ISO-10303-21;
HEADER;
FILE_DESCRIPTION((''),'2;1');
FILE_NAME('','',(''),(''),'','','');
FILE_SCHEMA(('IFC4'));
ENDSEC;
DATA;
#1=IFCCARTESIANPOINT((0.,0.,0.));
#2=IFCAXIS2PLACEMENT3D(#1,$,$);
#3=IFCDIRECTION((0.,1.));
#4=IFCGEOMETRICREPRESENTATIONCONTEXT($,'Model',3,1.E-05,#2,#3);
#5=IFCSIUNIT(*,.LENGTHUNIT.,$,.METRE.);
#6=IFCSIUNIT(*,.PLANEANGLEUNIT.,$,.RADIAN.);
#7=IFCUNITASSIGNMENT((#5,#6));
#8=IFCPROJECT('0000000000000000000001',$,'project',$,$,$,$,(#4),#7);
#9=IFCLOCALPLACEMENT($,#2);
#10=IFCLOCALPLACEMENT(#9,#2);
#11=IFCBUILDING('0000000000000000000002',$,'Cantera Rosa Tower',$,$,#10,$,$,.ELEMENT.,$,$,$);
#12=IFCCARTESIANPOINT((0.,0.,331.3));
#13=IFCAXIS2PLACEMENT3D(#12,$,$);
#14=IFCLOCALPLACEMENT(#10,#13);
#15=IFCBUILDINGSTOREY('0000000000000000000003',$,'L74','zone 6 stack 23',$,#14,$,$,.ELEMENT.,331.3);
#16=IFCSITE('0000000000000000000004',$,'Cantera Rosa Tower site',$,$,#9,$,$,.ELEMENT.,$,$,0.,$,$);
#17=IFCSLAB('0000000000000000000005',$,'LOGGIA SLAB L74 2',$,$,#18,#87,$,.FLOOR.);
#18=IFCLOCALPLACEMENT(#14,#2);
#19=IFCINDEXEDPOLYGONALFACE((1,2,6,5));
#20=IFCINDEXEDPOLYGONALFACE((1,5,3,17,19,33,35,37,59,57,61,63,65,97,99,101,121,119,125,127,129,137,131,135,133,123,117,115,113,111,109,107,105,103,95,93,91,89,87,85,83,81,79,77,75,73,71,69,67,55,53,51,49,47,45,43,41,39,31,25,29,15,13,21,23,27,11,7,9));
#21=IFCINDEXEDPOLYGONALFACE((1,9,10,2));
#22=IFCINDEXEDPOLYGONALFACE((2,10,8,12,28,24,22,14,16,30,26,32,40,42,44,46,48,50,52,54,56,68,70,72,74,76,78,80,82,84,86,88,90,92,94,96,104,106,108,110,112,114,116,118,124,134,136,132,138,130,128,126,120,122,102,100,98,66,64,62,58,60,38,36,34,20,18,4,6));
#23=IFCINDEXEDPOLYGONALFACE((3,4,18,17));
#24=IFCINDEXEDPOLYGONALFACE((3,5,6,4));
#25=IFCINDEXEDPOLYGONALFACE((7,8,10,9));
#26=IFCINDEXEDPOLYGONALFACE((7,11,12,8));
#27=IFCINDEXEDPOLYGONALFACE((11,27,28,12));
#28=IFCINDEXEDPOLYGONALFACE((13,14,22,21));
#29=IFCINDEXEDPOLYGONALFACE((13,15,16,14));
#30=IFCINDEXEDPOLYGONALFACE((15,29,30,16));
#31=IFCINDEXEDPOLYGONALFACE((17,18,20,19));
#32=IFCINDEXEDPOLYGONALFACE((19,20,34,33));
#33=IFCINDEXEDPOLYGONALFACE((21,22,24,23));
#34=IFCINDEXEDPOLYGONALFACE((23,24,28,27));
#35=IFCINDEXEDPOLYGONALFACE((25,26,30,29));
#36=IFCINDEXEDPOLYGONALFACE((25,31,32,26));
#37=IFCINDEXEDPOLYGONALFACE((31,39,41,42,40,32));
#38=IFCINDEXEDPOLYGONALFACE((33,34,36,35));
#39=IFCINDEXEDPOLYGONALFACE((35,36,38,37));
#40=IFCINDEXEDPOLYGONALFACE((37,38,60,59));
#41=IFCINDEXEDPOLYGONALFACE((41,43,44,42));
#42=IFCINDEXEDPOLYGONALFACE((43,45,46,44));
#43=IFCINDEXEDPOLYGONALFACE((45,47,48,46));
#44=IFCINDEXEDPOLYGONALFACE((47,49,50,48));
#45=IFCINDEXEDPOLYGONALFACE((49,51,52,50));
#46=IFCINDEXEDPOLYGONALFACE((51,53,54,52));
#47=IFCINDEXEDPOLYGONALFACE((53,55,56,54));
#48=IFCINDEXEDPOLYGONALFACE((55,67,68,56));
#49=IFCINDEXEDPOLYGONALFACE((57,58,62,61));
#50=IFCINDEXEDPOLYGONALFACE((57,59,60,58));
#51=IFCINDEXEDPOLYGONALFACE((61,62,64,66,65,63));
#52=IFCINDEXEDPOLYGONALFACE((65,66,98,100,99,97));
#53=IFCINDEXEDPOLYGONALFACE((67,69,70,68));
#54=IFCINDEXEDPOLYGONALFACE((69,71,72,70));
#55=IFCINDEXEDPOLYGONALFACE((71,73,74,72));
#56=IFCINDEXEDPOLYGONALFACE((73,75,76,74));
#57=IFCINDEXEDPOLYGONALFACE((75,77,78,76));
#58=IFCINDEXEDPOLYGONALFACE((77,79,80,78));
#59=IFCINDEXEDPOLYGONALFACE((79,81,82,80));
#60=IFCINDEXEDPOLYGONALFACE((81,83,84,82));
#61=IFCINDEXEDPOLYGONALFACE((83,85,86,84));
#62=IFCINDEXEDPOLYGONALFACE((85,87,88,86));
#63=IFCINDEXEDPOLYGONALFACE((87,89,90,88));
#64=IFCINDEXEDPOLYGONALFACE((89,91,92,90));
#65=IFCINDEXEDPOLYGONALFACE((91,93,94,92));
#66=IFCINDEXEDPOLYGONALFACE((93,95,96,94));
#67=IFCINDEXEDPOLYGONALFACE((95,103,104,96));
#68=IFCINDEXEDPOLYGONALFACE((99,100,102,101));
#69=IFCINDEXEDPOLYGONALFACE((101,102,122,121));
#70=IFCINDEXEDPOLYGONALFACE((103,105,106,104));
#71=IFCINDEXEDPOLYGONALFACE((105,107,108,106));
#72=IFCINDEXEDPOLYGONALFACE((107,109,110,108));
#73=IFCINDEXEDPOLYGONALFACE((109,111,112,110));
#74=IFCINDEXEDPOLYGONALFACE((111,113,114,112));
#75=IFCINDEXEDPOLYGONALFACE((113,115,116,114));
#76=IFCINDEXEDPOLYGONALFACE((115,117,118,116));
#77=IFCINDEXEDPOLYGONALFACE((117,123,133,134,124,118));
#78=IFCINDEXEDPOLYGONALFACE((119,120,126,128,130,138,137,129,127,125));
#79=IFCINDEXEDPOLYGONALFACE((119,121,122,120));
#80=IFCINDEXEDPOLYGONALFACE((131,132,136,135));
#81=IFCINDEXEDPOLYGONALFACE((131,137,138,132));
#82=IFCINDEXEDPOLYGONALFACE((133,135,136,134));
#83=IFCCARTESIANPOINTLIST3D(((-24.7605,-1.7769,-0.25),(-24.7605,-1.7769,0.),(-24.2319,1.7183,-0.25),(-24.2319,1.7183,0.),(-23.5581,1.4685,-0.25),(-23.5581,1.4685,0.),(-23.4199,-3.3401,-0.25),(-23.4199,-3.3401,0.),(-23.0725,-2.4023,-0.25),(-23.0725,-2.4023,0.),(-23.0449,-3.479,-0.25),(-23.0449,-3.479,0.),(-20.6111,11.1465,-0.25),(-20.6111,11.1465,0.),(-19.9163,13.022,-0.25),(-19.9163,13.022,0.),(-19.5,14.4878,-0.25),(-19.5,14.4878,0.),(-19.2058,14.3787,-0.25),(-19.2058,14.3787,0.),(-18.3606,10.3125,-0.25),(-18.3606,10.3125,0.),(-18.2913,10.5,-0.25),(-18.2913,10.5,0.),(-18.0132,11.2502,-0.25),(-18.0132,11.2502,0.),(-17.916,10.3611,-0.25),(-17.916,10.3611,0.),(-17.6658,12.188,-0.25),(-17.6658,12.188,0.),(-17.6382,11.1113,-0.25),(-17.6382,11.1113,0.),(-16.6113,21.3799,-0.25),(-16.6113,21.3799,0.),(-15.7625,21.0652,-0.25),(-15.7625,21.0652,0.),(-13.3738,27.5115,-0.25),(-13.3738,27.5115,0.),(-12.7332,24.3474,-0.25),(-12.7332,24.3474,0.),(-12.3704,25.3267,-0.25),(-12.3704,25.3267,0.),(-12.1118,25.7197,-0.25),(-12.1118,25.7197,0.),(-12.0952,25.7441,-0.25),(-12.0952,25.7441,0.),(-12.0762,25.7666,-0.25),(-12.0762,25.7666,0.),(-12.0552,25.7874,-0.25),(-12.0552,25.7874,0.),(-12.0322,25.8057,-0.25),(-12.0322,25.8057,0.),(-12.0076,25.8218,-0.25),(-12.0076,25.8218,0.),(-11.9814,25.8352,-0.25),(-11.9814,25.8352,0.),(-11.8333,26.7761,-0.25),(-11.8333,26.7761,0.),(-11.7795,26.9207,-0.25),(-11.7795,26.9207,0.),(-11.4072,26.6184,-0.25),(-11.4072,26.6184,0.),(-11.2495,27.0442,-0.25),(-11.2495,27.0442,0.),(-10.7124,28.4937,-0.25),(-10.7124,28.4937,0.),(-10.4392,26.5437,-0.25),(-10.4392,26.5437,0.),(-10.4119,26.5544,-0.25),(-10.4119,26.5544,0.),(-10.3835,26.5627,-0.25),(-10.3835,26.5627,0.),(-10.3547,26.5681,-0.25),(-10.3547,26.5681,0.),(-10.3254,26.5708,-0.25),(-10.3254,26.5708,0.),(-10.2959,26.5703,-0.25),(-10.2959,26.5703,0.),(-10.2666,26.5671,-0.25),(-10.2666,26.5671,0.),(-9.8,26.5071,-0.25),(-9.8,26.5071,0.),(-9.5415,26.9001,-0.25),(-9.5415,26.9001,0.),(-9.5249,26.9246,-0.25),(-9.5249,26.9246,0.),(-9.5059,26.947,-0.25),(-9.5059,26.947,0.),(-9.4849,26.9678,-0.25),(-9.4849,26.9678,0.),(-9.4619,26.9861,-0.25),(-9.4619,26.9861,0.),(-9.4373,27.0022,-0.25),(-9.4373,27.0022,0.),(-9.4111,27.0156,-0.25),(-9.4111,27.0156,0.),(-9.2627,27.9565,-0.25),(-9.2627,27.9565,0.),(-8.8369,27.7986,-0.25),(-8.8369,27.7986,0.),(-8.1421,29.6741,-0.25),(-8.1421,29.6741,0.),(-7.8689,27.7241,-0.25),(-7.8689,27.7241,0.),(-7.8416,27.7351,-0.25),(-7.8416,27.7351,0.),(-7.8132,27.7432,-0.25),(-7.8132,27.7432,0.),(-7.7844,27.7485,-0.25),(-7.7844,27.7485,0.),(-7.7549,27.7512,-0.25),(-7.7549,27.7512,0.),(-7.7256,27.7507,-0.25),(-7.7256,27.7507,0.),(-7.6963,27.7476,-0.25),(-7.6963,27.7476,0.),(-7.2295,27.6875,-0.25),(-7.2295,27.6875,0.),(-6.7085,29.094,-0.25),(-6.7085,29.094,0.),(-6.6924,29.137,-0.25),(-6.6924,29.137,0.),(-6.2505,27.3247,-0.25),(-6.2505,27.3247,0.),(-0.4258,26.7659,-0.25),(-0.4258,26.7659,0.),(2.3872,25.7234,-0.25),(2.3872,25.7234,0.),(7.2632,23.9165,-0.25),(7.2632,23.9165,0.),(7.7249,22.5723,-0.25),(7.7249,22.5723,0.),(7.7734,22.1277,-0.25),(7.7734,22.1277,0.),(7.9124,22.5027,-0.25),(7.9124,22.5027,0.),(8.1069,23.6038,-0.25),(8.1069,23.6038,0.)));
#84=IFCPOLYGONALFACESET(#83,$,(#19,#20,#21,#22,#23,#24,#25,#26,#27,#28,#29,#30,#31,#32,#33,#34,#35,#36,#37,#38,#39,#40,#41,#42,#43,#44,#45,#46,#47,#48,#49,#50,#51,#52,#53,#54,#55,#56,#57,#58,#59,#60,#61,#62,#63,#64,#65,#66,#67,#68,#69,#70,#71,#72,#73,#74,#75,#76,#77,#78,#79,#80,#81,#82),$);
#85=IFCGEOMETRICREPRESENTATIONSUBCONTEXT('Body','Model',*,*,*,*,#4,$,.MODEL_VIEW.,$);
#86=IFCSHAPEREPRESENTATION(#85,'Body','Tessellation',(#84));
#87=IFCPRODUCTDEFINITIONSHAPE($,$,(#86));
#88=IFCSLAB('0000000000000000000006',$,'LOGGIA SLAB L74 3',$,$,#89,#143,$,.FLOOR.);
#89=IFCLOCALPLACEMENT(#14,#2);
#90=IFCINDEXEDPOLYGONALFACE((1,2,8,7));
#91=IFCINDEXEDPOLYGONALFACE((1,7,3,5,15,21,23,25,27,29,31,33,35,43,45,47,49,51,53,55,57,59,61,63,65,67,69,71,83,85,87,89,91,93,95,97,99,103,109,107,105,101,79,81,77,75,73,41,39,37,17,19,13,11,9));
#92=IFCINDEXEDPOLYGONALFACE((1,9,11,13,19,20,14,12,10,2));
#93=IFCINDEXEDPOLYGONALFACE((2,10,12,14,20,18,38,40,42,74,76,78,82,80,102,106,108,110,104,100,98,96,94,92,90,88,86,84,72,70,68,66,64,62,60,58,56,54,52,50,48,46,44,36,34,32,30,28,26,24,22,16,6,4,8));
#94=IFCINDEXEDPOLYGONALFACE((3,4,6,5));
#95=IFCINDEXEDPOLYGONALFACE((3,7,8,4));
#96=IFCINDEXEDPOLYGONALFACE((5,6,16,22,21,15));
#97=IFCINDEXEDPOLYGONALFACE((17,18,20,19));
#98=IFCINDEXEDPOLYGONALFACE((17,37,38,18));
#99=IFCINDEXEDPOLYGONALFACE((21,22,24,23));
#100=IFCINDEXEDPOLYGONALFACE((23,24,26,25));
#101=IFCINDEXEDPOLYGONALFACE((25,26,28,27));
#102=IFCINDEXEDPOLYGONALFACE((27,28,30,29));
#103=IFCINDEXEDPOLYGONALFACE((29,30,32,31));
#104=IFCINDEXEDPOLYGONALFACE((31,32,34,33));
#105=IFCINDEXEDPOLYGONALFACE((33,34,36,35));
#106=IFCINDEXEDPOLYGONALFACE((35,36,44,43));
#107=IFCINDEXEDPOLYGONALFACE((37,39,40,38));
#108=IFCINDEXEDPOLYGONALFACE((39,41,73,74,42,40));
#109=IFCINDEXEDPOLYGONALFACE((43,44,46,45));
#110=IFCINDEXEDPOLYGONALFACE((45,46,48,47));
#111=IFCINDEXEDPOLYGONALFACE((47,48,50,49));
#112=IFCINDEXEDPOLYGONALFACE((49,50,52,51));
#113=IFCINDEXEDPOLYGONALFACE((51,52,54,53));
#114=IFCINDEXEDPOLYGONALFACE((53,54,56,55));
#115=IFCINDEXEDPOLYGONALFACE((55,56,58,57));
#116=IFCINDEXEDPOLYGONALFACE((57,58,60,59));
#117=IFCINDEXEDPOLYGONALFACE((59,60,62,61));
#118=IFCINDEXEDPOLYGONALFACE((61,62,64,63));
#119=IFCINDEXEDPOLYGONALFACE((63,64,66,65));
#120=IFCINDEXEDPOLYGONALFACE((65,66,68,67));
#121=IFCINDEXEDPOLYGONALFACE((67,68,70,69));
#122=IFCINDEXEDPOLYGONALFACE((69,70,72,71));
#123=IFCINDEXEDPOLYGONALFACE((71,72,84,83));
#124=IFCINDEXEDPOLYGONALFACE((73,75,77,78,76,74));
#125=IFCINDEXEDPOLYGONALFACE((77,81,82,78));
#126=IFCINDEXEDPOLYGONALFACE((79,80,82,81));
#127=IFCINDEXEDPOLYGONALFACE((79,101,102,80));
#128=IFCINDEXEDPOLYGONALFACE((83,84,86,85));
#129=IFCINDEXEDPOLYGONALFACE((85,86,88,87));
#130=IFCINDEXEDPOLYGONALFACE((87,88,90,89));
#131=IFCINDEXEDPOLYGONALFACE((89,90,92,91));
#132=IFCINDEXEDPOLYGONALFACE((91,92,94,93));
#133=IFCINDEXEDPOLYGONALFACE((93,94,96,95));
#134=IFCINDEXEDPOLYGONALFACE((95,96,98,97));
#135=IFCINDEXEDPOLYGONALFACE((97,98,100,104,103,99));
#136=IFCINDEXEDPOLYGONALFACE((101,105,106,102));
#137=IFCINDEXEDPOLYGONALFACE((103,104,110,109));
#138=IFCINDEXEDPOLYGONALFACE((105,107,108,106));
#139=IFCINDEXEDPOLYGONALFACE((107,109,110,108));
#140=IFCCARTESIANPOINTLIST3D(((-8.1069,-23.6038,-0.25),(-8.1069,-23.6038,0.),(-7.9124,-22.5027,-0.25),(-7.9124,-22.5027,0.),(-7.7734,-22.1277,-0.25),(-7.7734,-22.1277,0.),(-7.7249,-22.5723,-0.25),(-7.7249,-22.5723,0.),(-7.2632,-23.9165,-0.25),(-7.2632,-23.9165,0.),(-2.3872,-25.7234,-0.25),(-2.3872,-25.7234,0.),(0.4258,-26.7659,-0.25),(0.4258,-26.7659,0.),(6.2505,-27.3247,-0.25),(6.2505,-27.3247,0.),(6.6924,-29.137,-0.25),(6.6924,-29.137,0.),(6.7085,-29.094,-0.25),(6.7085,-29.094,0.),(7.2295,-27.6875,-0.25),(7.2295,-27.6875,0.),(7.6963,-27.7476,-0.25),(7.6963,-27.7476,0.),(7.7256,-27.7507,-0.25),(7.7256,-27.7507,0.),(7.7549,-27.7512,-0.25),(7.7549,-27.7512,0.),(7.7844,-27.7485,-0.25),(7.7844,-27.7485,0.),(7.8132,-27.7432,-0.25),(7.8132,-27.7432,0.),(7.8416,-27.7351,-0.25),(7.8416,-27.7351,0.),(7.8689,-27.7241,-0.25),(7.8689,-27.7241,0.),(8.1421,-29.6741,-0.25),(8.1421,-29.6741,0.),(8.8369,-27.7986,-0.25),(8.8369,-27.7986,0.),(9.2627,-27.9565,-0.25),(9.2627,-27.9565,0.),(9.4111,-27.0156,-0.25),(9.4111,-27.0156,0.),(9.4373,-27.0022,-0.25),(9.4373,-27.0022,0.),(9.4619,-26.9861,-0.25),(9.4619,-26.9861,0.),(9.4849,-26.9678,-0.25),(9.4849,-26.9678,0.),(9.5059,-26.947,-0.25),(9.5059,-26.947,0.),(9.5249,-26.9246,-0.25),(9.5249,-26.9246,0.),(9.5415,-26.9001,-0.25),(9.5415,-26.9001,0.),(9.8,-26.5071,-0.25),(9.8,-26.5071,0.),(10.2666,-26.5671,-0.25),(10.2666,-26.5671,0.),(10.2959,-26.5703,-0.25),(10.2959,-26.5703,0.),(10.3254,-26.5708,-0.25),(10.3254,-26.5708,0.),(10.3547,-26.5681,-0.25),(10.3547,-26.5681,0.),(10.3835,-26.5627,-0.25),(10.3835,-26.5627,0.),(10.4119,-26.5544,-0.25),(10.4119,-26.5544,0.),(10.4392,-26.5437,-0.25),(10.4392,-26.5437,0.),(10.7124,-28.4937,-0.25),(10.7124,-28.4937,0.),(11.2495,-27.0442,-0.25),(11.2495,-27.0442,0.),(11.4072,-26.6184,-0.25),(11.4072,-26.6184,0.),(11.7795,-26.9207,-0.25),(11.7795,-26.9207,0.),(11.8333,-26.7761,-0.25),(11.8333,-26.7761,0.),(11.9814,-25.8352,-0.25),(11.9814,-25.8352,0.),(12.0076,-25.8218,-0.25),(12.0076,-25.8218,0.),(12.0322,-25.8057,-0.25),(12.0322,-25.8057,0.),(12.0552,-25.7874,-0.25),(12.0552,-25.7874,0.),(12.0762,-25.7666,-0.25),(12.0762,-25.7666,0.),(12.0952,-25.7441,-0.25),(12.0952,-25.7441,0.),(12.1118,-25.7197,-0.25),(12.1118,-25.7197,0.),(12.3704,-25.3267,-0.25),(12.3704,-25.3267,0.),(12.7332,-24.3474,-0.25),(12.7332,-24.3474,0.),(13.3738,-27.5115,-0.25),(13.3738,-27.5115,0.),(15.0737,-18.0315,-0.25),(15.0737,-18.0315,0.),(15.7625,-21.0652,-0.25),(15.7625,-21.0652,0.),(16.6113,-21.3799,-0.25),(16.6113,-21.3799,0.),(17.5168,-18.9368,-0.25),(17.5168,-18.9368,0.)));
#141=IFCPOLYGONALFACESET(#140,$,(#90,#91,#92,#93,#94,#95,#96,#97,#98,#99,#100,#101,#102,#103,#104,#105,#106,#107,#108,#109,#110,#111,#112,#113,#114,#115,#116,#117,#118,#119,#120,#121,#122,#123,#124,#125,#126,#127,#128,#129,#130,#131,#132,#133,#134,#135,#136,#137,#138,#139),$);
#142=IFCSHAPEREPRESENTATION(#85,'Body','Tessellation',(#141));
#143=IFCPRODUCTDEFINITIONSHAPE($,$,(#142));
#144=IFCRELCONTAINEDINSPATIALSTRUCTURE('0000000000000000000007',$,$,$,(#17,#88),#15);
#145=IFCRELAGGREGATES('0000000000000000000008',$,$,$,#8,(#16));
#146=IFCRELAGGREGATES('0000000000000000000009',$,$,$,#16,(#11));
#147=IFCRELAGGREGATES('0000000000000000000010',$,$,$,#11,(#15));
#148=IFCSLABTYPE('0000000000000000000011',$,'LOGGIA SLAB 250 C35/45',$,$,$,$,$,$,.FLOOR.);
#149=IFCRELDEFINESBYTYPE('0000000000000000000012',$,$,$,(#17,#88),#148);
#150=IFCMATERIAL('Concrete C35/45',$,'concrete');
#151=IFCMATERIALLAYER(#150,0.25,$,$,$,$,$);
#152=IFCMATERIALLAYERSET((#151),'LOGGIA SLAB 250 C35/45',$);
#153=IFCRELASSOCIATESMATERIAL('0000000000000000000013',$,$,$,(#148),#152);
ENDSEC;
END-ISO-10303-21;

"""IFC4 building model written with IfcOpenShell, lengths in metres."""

from ifc_helpers import new_model, si_unit, direction, frame, origin, place, context, subcontext, project, spatial, polyline, outline, extrude, material, layer, layer_set, type_object, element, save


model = new_model("IFC4")

# Units and contexts
model_context = context("Model", 3, precision=1e-05, world=origin(), true_north=direction((0.0, 1.0)))
body_context = subcontext(model_context, "Body", "Model", "MODEL_VIEW")
ifc_project = project(units=[si_unit("LENGTHUNIT", "METRE"), si_unit("PLANEANGLEUNIT", "RADIAN")], contexts=[model_context])

# Site, building, storey
site_placement = place(None, origin())
site = spatial("IfcSite", under=ifc_project, at=site_placement, Name="Cantera Rosa Tower site", CompositionType="ELEMENT", RefElevation=0.0)
building_placement = place(site_placement, origin())
building = spatial("IfcBuilding", under=site, at=building_placement, Name="Cantera Rosa Tower", CompositionType="ELEMENT")
storey_placement = place(building_placement, frame((0.0, 0.0, 331.3)))
storey = spatial("IfcBuildingStorey", under=building, at=storey_placement, Name="L74", Description="zone 6 stack 23", CompositionType="ELEMENT", Elevation=331.3)

# Slabs
ifc_material_1 = material(Name="Concrete C35/45", Category="concrete")
ifc_layer_1 = layer(ifc_material_1, 0.25)
ifc_layer_set_1 = layer_set([ifc_layer_1], Name="LOGGIA SLAB 250 C35/45")
slab_type_1 = type_object("IfcSlabType", Name="LOGGIA SLAB 250 C35/45", PredefinedType="FLOOR", material=ifc_layer_set_1)
slab_1_placement = place(storey_placement, frame((0.0, 0.0, -0.25)))
element("IfcSlab", 1, at=slab_1_placement, inside=storey, type_object=slab_type_1, Name="LOGGIA SLAB L74 2", PredefinedType="FLOOR", context=body_context, shape_type="SweptSolid", body=[
    extrude(outline(polyline([(-19.5, 14.4878), (-19.2058, 14.3787), (-16.6113, 21.3799), (-15.7625, 21.0652), (-13.3738, 27.5115), (-11.7795, 26.9207), (-11.8333, 26.7761), (-11.4072, 26.6184), (-11.2495, 27.0442), (-10.7124, 28.4937), (-9.2627, 27.9565), (-8.8369, 27.7986), (-8.1421, 29.6741), (-6.6924, 29.137), (-6.7085, 29.094), (-0.4258, 26.7659), (2.3872, 25.7234), (7.2632, 23.9165), (8.1069, 23.6038), (7.7249, 22.5723), (7.9124, 22.5027), (7.7734, 22.1277), (-6.2505, 27.3247), (-7.2295, 27.6875), (-7.6963, 27.7476), (-7.7256, 27.7507), (-7.7549, 27.7512), (-7.7844, 27.7485), (-7.8132, 27.7432), (-7.8416, 27.7351), (-7.8689, 27.7241), (-9.4111, 27.0156), (-9.4373, 27.0022), (-9.4619, 26.9861), (-9.4849, 26.9678), (-9.5059, 26.947), (-9.5249, 26.9246), (-9.5415, 26.9001), (-9.8, 26.5071), (-10.2666, 26.5671), (-10.2959, 26.5703), (-10.3254, 26.5708), (-10.3547, 26.5681), (-10.3835, 26.5627), (-10.4119, 26.5544), (-10.4392, 26.5437), (-11.9814, 25.8352), (-12.0076, 25.8218), (-12.0322, 25.8057), (-12.0552, 25.7874), (-12.0762, 25.7666), (-12.0952, 25.7441), (-12.1118, 25.7197), (-12.3704, 25.3267), (-12.7332, 24.3474), (-17.6382, 11.1113), (-18.0132, 11.2502), (-17.6658, 12.188), (-19.9163, 13.022), (-20.6111, 11.1465), (-18.3606, 10.3125), (-18.2913, 10.5), (-17.916, 10.3611), (-23.0449, -3.479), (-23.4199, -3.3401), (-23.0725, -2.4023), (-24.7605, -1.7769), (-23.5581, 1.4685), (-24.2319, 1.7183), (-19.5, 14.4878)])), origin(), (0.0, 0.0, 1.0), 0.25),
])
slab_2_placement = place(storey_placement, frame((0.0, 0.0, -0.25)))
element("IfcSlab", 2, at=slab_2_placement, inside=storey, type_object=slab_type_1, Name="LOGGIA SLAB L74 3", PredefinedType="FLOOR", context=body_context, shape_type="SweptSolid", body=[
    extrude(outline(polyline([(11.7795, -26.9207), (11.8333, -26.7761), (11.4072, -26.6184), (11.2495, -27.0442), (10.7124, -28.4937), (9.2627, -27.9565), (8.8369, -27.7986), (8.1421, -29.6741), (6.6924, -29.137), (6.7085, -29.094), (0.4258, -26.7659), (-2.3872, -25.7234), (-7.2632, -23.9165), (-8.1069, -23.6038), (-7.7249, -22.5723), (-7.9124, -22.5027), (-7.7734, -22.1277), (6.2505, -27.3247), (7.2295, -27.6875), (7.6963, -27.7476), (7.7256, -27.7507), (7.7549, -27.7512), (7.7844, -27.7485), (7.8132, -27.7432), (7.8416, -27.7351), (7.8689, -27.7241), (9.4111, -27.0156), (9.4373, -27.0022), (9.4619, -26.9861), (9.4849, -26.9678), (9.5059, -26.947), (9.5249, -26.9246), (9.5415, -26.9001), (9.8, -26.5071), (10.2666, -26.5671), (10.2959, -26.5703), (10.3254, -26.5708), (10.3547, -26.5681), (10.3835, -26.5627), (10.4119, -26.5544), (10.4392, -26.5437), (11.9814, -25.8352), (12.0076, -25.8218), (12.0322, -25.8057), (12.0552, -25.7874), (12.0762, -25.7666), (12.0952, -25.7441), (12.1118, -25.7197), (12.3704, -25.3267), (12.7332, -24.3474), (15.0737, -18.0315), (17.5168, -18.9368), (16.6113, -21.3799), (15.7625, -21.0652), (13.3738, -27.5115), (11.7795, -26.9207)])), origin(), (0.0, 0.0, 1.0), 0.25),
])

save(model, "model.ifc")
